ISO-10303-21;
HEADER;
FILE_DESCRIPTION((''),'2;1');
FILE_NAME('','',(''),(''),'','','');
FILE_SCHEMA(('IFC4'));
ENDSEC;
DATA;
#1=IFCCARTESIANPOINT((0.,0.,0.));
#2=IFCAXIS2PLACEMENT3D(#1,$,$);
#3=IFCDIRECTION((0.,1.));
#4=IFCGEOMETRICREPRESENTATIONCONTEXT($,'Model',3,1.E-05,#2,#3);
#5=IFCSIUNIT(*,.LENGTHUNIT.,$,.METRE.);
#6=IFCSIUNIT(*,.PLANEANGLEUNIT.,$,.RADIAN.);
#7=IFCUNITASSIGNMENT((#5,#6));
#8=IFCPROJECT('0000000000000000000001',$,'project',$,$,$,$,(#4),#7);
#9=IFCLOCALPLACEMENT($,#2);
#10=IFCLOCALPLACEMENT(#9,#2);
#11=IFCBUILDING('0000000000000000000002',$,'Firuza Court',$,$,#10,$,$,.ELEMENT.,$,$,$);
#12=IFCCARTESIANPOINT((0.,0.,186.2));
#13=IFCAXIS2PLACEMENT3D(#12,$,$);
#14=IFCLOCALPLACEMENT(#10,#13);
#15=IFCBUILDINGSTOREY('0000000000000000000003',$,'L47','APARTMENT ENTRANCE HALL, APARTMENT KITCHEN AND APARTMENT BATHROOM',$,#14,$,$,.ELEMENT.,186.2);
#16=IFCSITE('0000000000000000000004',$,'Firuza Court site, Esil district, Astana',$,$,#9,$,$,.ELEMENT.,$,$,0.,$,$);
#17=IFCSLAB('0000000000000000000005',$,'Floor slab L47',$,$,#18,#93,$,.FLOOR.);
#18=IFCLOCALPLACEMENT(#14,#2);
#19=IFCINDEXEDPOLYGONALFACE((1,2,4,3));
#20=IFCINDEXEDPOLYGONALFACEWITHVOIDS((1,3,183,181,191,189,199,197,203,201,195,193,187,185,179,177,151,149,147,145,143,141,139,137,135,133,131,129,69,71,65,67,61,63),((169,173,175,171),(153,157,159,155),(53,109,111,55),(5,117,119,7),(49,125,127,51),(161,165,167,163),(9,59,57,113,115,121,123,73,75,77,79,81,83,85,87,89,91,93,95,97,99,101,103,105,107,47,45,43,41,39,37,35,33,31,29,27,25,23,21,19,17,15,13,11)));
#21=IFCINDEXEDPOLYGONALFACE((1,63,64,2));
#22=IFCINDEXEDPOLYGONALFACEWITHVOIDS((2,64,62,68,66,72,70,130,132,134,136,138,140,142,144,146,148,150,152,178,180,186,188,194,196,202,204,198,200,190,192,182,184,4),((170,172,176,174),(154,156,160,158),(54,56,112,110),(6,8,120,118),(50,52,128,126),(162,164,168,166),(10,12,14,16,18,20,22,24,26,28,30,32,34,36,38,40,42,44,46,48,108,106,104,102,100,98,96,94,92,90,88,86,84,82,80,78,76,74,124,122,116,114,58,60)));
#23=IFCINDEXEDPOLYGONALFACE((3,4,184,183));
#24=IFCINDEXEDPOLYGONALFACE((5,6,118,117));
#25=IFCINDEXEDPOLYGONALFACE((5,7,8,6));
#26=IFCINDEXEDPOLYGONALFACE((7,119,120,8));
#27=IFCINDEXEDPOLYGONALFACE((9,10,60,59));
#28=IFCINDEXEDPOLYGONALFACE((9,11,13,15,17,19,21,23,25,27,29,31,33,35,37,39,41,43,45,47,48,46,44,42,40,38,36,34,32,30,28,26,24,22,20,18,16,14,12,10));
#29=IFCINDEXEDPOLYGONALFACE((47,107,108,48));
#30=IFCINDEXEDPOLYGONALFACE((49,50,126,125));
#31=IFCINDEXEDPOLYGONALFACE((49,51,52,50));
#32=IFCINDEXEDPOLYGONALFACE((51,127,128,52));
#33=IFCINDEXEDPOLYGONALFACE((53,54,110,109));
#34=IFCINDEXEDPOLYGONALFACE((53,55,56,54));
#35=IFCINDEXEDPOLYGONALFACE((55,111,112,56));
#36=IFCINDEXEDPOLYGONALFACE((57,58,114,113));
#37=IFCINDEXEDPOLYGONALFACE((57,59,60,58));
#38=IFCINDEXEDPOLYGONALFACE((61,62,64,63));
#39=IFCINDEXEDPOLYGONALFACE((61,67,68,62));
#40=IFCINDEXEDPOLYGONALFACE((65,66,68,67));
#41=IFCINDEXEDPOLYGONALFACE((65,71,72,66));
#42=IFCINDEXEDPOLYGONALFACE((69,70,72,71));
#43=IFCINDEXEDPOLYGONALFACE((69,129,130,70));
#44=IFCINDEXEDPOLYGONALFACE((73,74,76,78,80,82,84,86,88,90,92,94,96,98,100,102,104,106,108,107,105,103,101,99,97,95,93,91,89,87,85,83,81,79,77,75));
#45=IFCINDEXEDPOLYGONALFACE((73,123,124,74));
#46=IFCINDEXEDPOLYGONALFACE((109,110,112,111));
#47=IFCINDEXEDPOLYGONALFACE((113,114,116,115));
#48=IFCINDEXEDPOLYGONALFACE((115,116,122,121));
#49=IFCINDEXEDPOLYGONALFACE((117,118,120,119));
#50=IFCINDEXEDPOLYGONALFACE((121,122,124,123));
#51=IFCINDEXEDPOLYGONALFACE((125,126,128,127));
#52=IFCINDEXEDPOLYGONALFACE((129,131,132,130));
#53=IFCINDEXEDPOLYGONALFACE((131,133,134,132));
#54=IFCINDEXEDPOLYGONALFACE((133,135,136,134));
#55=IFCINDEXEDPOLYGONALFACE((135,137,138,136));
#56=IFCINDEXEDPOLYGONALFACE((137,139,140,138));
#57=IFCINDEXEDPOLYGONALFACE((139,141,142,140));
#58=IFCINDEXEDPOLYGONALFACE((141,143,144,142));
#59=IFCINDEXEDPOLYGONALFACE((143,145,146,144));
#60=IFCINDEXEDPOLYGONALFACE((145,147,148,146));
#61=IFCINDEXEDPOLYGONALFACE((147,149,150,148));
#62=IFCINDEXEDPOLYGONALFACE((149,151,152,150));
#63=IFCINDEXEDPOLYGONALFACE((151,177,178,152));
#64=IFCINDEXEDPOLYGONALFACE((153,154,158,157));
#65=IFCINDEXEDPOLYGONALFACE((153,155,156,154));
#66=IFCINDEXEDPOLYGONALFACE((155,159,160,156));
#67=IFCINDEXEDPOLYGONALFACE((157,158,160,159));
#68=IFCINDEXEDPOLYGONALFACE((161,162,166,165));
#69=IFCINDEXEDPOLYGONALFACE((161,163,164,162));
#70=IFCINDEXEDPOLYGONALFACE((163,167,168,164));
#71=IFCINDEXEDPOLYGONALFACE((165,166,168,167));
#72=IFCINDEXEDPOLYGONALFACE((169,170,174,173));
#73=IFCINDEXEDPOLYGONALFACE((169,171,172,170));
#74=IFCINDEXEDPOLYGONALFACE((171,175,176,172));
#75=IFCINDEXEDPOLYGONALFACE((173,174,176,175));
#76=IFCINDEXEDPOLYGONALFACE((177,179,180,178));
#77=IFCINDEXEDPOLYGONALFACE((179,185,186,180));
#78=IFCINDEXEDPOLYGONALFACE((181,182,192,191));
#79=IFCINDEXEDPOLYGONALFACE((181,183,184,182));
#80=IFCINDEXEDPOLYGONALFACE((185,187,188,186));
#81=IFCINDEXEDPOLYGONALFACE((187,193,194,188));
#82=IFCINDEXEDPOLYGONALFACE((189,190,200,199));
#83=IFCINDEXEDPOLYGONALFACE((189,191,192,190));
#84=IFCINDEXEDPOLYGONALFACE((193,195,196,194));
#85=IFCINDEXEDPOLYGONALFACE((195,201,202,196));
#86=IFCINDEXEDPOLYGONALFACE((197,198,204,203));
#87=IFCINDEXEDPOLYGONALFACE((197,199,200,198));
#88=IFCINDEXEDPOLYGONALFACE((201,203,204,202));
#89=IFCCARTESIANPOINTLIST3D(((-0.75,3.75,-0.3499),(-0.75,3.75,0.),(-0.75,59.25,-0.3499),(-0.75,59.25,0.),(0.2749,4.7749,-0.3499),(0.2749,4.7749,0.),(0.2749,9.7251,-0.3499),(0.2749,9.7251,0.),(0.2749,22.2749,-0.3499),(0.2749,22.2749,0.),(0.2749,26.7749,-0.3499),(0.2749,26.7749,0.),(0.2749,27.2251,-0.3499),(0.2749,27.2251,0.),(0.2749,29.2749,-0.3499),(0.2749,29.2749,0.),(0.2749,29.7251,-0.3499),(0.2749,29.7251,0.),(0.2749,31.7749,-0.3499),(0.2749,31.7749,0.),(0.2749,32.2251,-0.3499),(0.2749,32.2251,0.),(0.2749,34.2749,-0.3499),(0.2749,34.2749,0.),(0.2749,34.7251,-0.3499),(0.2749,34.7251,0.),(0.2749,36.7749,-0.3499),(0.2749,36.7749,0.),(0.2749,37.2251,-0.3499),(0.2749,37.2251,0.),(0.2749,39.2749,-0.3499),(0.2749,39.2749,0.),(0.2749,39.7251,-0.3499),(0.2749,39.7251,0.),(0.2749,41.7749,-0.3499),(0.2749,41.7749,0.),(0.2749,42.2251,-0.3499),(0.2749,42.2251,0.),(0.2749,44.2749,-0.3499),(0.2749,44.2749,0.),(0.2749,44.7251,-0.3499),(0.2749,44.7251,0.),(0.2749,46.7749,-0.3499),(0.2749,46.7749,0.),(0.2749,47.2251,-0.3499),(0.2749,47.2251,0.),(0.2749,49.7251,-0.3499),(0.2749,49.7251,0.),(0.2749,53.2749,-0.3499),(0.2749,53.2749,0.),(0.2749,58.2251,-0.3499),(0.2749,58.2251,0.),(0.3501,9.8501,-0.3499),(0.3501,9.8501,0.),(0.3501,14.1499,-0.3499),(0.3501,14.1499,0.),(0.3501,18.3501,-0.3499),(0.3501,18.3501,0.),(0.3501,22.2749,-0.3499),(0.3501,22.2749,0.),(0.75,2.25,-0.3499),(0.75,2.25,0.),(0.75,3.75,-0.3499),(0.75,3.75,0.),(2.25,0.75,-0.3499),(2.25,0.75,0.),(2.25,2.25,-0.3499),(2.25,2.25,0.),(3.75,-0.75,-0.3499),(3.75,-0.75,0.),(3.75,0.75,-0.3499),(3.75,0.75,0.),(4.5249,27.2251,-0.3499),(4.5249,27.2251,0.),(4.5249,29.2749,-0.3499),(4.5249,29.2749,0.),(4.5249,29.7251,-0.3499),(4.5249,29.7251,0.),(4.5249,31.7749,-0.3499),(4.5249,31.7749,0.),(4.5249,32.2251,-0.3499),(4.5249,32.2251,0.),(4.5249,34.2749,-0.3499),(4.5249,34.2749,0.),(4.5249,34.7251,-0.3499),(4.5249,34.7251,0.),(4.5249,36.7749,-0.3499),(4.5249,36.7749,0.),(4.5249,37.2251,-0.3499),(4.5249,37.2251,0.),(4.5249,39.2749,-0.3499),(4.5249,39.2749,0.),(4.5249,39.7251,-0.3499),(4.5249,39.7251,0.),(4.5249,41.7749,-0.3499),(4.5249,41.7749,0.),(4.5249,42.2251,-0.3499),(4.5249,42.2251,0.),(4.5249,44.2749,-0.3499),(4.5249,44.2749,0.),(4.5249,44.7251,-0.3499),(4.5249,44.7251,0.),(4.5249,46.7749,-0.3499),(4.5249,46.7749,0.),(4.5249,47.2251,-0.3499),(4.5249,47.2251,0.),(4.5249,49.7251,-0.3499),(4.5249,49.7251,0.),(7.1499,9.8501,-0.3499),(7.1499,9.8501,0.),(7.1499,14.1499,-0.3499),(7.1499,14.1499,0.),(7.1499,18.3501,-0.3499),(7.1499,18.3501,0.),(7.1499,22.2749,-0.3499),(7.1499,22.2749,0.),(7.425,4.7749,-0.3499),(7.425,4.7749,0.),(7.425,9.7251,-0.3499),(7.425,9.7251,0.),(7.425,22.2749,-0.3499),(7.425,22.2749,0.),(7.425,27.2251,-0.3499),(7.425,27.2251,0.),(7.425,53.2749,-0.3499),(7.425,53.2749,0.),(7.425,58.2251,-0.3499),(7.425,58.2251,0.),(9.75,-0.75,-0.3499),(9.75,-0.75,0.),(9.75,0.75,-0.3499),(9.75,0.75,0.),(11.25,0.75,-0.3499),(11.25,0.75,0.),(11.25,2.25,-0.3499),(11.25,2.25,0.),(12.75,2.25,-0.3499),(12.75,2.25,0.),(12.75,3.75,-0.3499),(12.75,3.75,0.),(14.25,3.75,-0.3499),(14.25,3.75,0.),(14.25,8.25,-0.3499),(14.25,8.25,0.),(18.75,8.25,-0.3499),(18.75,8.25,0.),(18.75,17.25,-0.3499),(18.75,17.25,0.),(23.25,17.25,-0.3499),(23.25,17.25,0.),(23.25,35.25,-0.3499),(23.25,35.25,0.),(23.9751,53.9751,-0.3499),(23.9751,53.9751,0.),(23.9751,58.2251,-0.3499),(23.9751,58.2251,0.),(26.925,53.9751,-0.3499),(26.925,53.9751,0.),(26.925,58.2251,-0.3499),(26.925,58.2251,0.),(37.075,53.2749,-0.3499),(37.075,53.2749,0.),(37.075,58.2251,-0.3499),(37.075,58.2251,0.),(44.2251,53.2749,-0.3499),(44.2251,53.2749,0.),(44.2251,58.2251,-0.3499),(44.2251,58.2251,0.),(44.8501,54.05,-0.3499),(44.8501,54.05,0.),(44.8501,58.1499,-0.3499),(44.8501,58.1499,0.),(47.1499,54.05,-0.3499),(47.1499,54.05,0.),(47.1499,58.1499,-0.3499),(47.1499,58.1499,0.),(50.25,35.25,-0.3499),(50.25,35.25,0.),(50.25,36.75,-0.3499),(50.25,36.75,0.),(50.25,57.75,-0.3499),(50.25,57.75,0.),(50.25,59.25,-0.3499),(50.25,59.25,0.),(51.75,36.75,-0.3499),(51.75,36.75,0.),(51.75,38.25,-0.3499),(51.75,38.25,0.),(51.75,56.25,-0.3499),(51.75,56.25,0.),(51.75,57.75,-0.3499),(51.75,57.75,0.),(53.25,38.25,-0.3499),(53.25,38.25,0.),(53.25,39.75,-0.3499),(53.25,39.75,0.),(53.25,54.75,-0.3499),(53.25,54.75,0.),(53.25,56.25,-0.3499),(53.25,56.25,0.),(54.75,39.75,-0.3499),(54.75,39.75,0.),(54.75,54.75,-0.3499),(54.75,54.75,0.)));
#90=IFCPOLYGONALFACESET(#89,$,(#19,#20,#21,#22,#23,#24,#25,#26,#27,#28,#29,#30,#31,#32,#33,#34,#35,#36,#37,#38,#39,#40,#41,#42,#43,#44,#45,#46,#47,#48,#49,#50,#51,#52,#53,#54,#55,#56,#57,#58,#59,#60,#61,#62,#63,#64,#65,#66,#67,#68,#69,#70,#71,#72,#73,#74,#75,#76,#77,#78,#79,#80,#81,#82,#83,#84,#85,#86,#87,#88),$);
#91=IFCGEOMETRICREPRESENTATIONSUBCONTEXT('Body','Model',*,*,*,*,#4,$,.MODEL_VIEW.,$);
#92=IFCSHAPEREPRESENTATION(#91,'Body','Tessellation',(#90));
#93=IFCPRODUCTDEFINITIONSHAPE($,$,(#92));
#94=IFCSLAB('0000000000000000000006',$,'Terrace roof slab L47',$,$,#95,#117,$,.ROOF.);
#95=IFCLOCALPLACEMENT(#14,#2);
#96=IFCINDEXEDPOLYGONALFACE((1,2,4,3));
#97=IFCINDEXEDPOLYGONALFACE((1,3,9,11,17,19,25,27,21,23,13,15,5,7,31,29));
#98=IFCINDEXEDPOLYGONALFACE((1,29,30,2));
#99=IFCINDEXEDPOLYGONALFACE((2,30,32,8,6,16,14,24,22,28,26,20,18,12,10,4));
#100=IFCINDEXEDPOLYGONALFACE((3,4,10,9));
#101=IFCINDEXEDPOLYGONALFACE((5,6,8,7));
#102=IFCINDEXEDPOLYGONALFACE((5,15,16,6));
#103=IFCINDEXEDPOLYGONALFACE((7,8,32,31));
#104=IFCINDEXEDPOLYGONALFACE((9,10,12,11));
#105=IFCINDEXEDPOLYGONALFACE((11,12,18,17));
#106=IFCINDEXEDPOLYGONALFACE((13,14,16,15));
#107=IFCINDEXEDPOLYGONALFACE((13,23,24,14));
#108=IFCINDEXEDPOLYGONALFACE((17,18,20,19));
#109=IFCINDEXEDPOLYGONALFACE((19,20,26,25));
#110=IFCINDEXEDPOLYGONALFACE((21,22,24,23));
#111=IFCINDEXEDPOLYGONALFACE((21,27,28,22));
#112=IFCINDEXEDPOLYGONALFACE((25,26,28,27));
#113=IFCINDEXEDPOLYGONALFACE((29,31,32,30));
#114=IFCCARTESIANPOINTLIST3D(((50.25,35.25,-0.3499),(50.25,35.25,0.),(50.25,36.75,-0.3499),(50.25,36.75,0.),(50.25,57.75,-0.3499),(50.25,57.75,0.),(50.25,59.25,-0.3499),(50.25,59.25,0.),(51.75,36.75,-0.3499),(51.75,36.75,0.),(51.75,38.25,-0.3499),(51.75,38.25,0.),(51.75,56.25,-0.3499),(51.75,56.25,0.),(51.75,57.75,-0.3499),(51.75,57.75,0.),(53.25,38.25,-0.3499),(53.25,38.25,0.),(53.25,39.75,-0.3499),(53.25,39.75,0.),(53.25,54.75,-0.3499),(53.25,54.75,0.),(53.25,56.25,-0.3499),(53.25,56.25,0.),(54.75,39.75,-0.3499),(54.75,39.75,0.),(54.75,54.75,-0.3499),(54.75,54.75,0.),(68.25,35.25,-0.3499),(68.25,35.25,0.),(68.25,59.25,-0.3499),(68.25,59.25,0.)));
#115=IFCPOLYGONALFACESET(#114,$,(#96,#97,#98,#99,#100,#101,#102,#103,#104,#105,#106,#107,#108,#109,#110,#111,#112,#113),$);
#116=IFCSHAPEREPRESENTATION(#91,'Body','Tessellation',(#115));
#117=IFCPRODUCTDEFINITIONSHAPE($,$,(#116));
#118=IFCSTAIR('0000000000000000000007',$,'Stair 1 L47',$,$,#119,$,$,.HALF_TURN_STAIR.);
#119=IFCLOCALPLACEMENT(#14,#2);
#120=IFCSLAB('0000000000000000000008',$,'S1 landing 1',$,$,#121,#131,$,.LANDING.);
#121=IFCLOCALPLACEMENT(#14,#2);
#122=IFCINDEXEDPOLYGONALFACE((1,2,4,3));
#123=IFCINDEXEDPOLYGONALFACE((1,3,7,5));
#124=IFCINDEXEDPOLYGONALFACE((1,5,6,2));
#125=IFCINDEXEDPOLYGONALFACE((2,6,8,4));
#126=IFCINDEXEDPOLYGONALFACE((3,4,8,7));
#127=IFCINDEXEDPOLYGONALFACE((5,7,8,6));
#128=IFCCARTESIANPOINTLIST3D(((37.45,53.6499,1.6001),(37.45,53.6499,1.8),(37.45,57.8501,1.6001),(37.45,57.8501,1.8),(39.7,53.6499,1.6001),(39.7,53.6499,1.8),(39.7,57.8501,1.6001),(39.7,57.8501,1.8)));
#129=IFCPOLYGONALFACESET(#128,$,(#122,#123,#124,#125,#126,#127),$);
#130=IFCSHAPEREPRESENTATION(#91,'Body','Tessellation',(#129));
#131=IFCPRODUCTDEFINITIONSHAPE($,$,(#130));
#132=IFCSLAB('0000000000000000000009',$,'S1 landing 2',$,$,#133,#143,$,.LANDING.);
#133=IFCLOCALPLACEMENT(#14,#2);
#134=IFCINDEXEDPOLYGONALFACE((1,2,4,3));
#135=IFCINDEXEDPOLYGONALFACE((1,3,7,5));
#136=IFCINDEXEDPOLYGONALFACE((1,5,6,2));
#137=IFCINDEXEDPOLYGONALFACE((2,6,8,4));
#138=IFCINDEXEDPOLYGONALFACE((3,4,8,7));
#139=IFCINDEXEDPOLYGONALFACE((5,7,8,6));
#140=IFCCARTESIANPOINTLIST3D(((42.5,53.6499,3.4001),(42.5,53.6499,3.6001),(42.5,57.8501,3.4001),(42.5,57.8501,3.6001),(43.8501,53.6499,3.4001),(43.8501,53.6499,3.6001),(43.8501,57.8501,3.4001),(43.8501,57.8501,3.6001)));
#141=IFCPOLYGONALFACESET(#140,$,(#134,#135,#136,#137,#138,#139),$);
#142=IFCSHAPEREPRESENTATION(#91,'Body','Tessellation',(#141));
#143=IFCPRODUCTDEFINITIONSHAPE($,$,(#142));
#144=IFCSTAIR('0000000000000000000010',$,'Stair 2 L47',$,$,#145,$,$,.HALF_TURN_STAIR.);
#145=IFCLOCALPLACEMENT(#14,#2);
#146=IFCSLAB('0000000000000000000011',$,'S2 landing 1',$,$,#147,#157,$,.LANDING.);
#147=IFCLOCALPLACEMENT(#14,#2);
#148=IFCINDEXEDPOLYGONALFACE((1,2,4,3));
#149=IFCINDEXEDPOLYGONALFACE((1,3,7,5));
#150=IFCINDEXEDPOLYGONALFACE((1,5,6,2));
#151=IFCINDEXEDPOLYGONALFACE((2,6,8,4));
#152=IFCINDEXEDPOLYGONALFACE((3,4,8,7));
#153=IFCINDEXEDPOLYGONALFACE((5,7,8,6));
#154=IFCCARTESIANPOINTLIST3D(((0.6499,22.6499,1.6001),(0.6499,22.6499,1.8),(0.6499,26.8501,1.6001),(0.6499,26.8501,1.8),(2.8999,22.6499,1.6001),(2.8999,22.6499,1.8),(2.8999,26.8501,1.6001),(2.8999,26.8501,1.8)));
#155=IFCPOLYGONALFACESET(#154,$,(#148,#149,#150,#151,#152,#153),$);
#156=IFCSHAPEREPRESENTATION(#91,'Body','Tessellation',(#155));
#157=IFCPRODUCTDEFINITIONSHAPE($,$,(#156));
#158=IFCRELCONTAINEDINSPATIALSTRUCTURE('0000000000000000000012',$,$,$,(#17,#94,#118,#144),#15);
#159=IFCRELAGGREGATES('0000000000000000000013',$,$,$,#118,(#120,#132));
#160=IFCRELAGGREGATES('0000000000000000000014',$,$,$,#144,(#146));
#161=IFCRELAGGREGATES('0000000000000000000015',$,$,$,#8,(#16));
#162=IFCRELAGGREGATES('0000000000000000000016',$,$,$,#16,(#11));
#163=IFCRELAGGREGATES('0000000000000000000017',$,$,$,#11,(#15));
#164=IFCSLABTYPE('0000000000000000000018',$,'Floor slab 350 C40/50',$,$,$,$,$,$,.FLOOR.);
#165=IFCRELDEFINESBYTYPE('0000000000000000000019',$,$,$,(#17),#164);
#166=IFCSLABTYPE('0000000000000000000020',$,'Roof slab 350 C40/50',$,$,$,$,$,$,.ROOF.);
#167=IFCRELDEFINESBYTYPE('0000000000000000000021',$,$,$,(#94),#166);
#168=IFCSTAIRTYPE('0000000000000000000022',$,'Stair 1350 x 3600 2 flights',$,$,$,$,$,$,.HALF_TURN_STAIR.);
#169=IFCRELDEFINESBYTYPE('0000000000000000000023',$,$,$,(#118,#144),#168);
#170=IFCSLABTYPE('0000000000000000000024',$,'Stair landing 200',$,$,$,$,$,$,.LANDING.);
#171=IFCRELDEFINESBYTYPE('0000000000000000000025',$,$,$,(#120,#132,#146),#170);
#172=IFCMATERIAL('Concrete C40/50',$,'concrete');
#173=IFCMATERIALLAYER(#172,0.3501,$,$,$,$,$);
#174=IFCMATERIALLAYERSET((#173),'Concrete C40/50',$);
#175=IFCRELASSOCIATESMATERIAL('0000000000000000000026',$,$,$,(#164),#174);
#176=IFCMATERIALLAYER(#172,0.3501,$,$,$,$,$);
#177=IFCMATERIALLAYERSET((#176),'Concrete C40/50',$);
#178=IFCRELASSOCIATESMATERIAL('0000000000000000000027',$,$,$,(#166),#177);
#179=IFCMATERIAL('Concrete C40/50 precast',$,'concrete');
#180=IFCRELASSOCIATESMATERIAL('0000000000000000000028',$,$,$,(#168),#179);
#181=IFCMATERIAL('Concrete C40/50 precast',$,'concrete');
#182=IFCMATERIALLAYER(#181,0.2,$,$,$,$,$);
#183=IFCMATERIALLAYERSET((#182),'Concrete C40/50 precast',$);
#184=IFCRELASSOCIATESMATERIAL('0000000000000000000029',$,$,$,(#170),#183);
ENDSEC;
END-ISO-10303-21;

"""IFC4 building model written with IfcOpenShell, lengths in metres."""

from ifc_helpers import new_model, si_unit, direction, frame, origin, place, context, subcontext, project, spatial, polyline, outline, extrude, material, layer, layer_set, type_object, element, aggregate, save


model = new_model("IFC4")

# Units and contexts
model_context = context("Model", 3, precision=1e-05, world=origin(), true_north=direction((0.0, 1.0)))
body_context = subcontext(model_context, "Body", "Model", "MODEL_VIEW")
ifc_project = project(units=[si_unit("LENGTHUNIT", "METRE"), si_unit("PLANEANGLEUNIT", "RADIAN")], contexts=[model_context])

# Site, building, storey
site_placement = place(None, origin())
site = spatial("IfcSite", under=ifc_project, at=site_placement, Name="Firuza Court site, Esil district, Astana", CompositionType="ELEMENT", RefElevation=0.0)
building_placement = place(site_placement, origin())
building = spatial("IfcBuilding", under=site, at=building_placement, Name="Firuza Court", CompositionType="ELEMENT")
storey_placement = place(building_placement, frame((0.0, 0.0, 186.2)))
storey = spatial("IfcBuildingStorey", under=building, at=storey_placement, Name="L47", Description="APARTMENT ENTRANCE HALL, APARTMENT KITCHEN AND APARTMENT BATHROOM", CompositionType="ELEMENT", Elevation=186.2)

# Slabs
ifc_material_1 = material(Name="Concrete C40/50", Category="concrete")
ifc_layer_1 = layer(ifc_material_1, 0.3501)
ifc_layer_set_1 = layer_set([ifc_layer_1], Name="Concrete C40/50")
slab_type_1 = type_object("IfcSlabType", Name="Floor slab 350 C40/50", PredefinedType="FLOOR", material=ifc_layer_set_1)
slab_1_placement = place(storey_placement, frame((0.0, 0.0, -0.3499)))
element("IfcSlab", 1, at=slab_1_placement, inside=storey, type_object=slab_type_1, Name="Floor slab L47", PredefinedType="FLOOR", context=body_context, shape_type="SweptSolid", body=[
    extrude(outline(polyline([(-0.75, 59.25), (50.25, 59.25), (50.25, 57.75), (51.75, 57.75), (51.75, 56.25), (53.25, 56.25), (53.25, 54.75), (54.75, 54.75), (54.75, 39.75), (53.25, 39.75), (53.25, 38.25), (51.75, 38.25), (51.75, 36.75), (50.25, 36.75), (50.25, 35.25), (23.25, 35.25), (23.25, 17.25), (18.75, 17.25), (18.75, 8.25), (14.25, 8.25), (14.25, 3.75), (12.75, 3.75), (12.75, 2.25), (11.25, 2.25), (11.25, 0.75), (9.75, 0.75), (9.75, -0.75), (3.75, -0.75), (3.75, 0.75), (2.25, 0.75), (2.25, 2.25), (0.75, 2.25), (0.75, 3.75), (-0.75, 3.75), (-0.75, 59.25)]), holes=[polyline([(0.2749, 29.7251), (0.2749, 29.2749), (0.2749, 27.2251), (0.2749, 26.7749), (0.2749, 22.2749), (0.3501, 22.2749), (0.3501, 18.3501), (7.1499, 18.3501), (7.1499, 22.2749), (7.425, 22.2749), (7.425, 27.2251), (4.5249, 27.2251), (4.5249, 29.2749), (4.5249, 29.7251), (4.5249, 31.7749), (4.5249, 32.2251), (4.5249, 34.2749), (4.5249, 34.7251), (4.5249, 36.7749), (4.5249, 37.2251), (4.5249, 39.2749), (4.5249, 39.7251), (4.5249, 41.7749), (4.5249, 42.2251), (4.5249, 44.2749), (4.5249, 44.7251), (4.5249, 46.7749), (4.5249, 47.2251), (4.5249, 49.7251), (0.2749, 49.7251), (0.2749, 47.2251), (0.2749, 46.7749), (0.2749, 44.7251), (0.2749, 44.2749), (0.2749, 42.2251), (0.2749, 41.7749), (0.2749, 39.7251), (0.2749, 39.2749), (0.2749, 37.2251), (0.2749, 36.7749), (0.2749, 34.7251), (0.2749, 34.2749), (0.2749, 32.2251), (0.2749, 31.7749), (0.2749, 29.7251)]), polyline([(7.425, 9.7251), (0.2749, 9.7251), (0.2749, 4.7749), (7.425, 4.7749), (7.425, 9.7251)]), polyline([(7.1499, 14.1499), (0.3501, 14.1499), (0.3501, 9.8501), (7.1499, 9.8501), (7.1499, 14.1499)]), polyline([(7.425, 58.2251), (0.2749, 58.2251), (0.2749, 53.2749), (7.425, 53.2749), (7.425, 58.2251)]), polyline([(44.2251, 58.2251), (37.075, 58.2251), (37.075, 53.2749), (44.2251, 53.2749), (44.2251, 58.2251)]), polyline([(26.925, 53.9751), (26.925, 58.2251), (23.9751, 58.2251), (23.9751, 53.9751), (26.925, 53.9751)]), polyline([(47.1499, 54.05), (47.1499, 58.1499), (44.8501, 58.1499), (44.8501, 54.05), (47.1499, 54.05)])]), origin(), (0.0, 0.0, 1.0), 0.3499),
])
ifc_layer_2 = layer(ifc_material_1, 0.3501)
ifc_layer_set_2 = layer_set([ifc_layer_2], Name="Concrete C40/50")
slab_type_2 = type_object("IfcSlabType", Name="Roof slab 350 C40/50", PredefinedType="ROOF", material=ifc_layer_set_2)
slab_2_placement = place(storey_placement, frame((0.0, 0.0, -0.3499)))
element("IfcSlab", 2, at=slab_2_placement, inside=storey, type_object=slab_type_2, Name="Terrace roof slab L47", PredefinedType="ROOF", context=body_context, shape_type="SweptSolid", body=[
    extrude(outline(polyline([(68.25, 59.25), (68.25, 35.25), (50.25, 35.25), (50.25, 36.75), (51.75, 36.75), (51.75, 38.25), (53.25, 38.25), (53.25, 39.75), (54.75, 39.75), (54.75, 54.75), (53.25, 54.75), (53.25, 56.25), (51.75, 56.25), (51.75, 57.75), (50.25, 57.75), (50.25, 59.25), (68.25, 59.25)])), origin(), (0.0, 0.0, 1.0), 0.3499),
])

# Stairs, slabs
ifc_material_2 = material(Name="Concrete C40/50 precast", Category="concrete")
stair_type = type_object("IfcStairType", Name="Stair 1350 x 3600 2 flights", PredefinedType="HALF_TURN_STAIR", material=ifc_material_2)
stair_1_placement = place(storey_placement, origin())
stair_1 = element("IfcStair", 3, at=stair_1_placement, inside=storey, type_object=stair_type, Name="Stair 1 L47", PredefinedType="HALF_TURN_STAIR")
ifc_material_3 = material(Name="Concrete C40/50 precast", Category="concrete")
ifc_layer_3 = layer(ifc_material_3, 0.2)
ifc_layer_set_3 = layer_set([ifc_layer_3], Name="Concrete C40/50 precast")
slab_type_3 = type_object("IfcSlabType", Name="Stair landing 200", PredefinedType="LANDING", material=ifc_layer_set_3)
slab_3_placement = place(storey_placement, frame((0.0, 0.0, 1.6001)))
slab_3 = element("IfcSlab", 4, at=slab_3_placement, type_object=slab_type_3, Name="S1 landing 1", PredefinedType="LANDING", context=body_context, shape_type="SweptSolid", body=[
    extrude(outline(polyline([(39.7, 53.6499), (39.7, 57.8501), (37.45, 57.8501), (37.45, 53.6499), (39.7, 53.6499)])), origin(), (0.0, 0.0, 1.0), 0.2),
])
slab_4_placement = place(storey_placement, frame((0.0, 0.0, 3.4001)))
slab_4 = element("IfcSlab", 5, at=slab_4_placement, type_object=slab_type_3, Name="S1 landing 2", PredefinedType="LANDING", context=body_context, shape_type="SweptSolid", body=[
    extrude(outline(polyline([(43.8501, 53.6499), (43.8501, 57.8501), (42.5, 57.8501), (42.5, 53.6499), (43.8501, 53.6499)])), origin(), (0.0, 0.0, 1.0), 0.2),
])
aggregate(stair_1, [slab_3, slab_4])
stair_2_placement = place(storey_placement, origin())
stair_2 = element("IfcStair", 6, at=stair_2_placement, inside=storey, type_object=stair_type, Name="Stair 2 L47", PredefinedType="HALF_TURN_STAIR")
slab_5_placement = place(storey_placement, frame((0.0, 0.0, 1.6001)))
slab_5 = element("IfcSlab", 7, at=slab_5_placement, type_object=slab_type_3, Name="S2 landing 1", PredefinedType="LANDING", context=body_context, shape_type="SweptSolid", body=[
    extrude(outline(polyline([(2.8999, 22.6499), (2.8999, 26.8501), (0.6499, 26.8501), (0.6499, 22.6499), (2.8999, 22.6499)])), origin(), (0.0, 0.0, 1.0), 0.2),
])
aggregate(stair_2, [slab_5])

save(model, "model.ifc")
